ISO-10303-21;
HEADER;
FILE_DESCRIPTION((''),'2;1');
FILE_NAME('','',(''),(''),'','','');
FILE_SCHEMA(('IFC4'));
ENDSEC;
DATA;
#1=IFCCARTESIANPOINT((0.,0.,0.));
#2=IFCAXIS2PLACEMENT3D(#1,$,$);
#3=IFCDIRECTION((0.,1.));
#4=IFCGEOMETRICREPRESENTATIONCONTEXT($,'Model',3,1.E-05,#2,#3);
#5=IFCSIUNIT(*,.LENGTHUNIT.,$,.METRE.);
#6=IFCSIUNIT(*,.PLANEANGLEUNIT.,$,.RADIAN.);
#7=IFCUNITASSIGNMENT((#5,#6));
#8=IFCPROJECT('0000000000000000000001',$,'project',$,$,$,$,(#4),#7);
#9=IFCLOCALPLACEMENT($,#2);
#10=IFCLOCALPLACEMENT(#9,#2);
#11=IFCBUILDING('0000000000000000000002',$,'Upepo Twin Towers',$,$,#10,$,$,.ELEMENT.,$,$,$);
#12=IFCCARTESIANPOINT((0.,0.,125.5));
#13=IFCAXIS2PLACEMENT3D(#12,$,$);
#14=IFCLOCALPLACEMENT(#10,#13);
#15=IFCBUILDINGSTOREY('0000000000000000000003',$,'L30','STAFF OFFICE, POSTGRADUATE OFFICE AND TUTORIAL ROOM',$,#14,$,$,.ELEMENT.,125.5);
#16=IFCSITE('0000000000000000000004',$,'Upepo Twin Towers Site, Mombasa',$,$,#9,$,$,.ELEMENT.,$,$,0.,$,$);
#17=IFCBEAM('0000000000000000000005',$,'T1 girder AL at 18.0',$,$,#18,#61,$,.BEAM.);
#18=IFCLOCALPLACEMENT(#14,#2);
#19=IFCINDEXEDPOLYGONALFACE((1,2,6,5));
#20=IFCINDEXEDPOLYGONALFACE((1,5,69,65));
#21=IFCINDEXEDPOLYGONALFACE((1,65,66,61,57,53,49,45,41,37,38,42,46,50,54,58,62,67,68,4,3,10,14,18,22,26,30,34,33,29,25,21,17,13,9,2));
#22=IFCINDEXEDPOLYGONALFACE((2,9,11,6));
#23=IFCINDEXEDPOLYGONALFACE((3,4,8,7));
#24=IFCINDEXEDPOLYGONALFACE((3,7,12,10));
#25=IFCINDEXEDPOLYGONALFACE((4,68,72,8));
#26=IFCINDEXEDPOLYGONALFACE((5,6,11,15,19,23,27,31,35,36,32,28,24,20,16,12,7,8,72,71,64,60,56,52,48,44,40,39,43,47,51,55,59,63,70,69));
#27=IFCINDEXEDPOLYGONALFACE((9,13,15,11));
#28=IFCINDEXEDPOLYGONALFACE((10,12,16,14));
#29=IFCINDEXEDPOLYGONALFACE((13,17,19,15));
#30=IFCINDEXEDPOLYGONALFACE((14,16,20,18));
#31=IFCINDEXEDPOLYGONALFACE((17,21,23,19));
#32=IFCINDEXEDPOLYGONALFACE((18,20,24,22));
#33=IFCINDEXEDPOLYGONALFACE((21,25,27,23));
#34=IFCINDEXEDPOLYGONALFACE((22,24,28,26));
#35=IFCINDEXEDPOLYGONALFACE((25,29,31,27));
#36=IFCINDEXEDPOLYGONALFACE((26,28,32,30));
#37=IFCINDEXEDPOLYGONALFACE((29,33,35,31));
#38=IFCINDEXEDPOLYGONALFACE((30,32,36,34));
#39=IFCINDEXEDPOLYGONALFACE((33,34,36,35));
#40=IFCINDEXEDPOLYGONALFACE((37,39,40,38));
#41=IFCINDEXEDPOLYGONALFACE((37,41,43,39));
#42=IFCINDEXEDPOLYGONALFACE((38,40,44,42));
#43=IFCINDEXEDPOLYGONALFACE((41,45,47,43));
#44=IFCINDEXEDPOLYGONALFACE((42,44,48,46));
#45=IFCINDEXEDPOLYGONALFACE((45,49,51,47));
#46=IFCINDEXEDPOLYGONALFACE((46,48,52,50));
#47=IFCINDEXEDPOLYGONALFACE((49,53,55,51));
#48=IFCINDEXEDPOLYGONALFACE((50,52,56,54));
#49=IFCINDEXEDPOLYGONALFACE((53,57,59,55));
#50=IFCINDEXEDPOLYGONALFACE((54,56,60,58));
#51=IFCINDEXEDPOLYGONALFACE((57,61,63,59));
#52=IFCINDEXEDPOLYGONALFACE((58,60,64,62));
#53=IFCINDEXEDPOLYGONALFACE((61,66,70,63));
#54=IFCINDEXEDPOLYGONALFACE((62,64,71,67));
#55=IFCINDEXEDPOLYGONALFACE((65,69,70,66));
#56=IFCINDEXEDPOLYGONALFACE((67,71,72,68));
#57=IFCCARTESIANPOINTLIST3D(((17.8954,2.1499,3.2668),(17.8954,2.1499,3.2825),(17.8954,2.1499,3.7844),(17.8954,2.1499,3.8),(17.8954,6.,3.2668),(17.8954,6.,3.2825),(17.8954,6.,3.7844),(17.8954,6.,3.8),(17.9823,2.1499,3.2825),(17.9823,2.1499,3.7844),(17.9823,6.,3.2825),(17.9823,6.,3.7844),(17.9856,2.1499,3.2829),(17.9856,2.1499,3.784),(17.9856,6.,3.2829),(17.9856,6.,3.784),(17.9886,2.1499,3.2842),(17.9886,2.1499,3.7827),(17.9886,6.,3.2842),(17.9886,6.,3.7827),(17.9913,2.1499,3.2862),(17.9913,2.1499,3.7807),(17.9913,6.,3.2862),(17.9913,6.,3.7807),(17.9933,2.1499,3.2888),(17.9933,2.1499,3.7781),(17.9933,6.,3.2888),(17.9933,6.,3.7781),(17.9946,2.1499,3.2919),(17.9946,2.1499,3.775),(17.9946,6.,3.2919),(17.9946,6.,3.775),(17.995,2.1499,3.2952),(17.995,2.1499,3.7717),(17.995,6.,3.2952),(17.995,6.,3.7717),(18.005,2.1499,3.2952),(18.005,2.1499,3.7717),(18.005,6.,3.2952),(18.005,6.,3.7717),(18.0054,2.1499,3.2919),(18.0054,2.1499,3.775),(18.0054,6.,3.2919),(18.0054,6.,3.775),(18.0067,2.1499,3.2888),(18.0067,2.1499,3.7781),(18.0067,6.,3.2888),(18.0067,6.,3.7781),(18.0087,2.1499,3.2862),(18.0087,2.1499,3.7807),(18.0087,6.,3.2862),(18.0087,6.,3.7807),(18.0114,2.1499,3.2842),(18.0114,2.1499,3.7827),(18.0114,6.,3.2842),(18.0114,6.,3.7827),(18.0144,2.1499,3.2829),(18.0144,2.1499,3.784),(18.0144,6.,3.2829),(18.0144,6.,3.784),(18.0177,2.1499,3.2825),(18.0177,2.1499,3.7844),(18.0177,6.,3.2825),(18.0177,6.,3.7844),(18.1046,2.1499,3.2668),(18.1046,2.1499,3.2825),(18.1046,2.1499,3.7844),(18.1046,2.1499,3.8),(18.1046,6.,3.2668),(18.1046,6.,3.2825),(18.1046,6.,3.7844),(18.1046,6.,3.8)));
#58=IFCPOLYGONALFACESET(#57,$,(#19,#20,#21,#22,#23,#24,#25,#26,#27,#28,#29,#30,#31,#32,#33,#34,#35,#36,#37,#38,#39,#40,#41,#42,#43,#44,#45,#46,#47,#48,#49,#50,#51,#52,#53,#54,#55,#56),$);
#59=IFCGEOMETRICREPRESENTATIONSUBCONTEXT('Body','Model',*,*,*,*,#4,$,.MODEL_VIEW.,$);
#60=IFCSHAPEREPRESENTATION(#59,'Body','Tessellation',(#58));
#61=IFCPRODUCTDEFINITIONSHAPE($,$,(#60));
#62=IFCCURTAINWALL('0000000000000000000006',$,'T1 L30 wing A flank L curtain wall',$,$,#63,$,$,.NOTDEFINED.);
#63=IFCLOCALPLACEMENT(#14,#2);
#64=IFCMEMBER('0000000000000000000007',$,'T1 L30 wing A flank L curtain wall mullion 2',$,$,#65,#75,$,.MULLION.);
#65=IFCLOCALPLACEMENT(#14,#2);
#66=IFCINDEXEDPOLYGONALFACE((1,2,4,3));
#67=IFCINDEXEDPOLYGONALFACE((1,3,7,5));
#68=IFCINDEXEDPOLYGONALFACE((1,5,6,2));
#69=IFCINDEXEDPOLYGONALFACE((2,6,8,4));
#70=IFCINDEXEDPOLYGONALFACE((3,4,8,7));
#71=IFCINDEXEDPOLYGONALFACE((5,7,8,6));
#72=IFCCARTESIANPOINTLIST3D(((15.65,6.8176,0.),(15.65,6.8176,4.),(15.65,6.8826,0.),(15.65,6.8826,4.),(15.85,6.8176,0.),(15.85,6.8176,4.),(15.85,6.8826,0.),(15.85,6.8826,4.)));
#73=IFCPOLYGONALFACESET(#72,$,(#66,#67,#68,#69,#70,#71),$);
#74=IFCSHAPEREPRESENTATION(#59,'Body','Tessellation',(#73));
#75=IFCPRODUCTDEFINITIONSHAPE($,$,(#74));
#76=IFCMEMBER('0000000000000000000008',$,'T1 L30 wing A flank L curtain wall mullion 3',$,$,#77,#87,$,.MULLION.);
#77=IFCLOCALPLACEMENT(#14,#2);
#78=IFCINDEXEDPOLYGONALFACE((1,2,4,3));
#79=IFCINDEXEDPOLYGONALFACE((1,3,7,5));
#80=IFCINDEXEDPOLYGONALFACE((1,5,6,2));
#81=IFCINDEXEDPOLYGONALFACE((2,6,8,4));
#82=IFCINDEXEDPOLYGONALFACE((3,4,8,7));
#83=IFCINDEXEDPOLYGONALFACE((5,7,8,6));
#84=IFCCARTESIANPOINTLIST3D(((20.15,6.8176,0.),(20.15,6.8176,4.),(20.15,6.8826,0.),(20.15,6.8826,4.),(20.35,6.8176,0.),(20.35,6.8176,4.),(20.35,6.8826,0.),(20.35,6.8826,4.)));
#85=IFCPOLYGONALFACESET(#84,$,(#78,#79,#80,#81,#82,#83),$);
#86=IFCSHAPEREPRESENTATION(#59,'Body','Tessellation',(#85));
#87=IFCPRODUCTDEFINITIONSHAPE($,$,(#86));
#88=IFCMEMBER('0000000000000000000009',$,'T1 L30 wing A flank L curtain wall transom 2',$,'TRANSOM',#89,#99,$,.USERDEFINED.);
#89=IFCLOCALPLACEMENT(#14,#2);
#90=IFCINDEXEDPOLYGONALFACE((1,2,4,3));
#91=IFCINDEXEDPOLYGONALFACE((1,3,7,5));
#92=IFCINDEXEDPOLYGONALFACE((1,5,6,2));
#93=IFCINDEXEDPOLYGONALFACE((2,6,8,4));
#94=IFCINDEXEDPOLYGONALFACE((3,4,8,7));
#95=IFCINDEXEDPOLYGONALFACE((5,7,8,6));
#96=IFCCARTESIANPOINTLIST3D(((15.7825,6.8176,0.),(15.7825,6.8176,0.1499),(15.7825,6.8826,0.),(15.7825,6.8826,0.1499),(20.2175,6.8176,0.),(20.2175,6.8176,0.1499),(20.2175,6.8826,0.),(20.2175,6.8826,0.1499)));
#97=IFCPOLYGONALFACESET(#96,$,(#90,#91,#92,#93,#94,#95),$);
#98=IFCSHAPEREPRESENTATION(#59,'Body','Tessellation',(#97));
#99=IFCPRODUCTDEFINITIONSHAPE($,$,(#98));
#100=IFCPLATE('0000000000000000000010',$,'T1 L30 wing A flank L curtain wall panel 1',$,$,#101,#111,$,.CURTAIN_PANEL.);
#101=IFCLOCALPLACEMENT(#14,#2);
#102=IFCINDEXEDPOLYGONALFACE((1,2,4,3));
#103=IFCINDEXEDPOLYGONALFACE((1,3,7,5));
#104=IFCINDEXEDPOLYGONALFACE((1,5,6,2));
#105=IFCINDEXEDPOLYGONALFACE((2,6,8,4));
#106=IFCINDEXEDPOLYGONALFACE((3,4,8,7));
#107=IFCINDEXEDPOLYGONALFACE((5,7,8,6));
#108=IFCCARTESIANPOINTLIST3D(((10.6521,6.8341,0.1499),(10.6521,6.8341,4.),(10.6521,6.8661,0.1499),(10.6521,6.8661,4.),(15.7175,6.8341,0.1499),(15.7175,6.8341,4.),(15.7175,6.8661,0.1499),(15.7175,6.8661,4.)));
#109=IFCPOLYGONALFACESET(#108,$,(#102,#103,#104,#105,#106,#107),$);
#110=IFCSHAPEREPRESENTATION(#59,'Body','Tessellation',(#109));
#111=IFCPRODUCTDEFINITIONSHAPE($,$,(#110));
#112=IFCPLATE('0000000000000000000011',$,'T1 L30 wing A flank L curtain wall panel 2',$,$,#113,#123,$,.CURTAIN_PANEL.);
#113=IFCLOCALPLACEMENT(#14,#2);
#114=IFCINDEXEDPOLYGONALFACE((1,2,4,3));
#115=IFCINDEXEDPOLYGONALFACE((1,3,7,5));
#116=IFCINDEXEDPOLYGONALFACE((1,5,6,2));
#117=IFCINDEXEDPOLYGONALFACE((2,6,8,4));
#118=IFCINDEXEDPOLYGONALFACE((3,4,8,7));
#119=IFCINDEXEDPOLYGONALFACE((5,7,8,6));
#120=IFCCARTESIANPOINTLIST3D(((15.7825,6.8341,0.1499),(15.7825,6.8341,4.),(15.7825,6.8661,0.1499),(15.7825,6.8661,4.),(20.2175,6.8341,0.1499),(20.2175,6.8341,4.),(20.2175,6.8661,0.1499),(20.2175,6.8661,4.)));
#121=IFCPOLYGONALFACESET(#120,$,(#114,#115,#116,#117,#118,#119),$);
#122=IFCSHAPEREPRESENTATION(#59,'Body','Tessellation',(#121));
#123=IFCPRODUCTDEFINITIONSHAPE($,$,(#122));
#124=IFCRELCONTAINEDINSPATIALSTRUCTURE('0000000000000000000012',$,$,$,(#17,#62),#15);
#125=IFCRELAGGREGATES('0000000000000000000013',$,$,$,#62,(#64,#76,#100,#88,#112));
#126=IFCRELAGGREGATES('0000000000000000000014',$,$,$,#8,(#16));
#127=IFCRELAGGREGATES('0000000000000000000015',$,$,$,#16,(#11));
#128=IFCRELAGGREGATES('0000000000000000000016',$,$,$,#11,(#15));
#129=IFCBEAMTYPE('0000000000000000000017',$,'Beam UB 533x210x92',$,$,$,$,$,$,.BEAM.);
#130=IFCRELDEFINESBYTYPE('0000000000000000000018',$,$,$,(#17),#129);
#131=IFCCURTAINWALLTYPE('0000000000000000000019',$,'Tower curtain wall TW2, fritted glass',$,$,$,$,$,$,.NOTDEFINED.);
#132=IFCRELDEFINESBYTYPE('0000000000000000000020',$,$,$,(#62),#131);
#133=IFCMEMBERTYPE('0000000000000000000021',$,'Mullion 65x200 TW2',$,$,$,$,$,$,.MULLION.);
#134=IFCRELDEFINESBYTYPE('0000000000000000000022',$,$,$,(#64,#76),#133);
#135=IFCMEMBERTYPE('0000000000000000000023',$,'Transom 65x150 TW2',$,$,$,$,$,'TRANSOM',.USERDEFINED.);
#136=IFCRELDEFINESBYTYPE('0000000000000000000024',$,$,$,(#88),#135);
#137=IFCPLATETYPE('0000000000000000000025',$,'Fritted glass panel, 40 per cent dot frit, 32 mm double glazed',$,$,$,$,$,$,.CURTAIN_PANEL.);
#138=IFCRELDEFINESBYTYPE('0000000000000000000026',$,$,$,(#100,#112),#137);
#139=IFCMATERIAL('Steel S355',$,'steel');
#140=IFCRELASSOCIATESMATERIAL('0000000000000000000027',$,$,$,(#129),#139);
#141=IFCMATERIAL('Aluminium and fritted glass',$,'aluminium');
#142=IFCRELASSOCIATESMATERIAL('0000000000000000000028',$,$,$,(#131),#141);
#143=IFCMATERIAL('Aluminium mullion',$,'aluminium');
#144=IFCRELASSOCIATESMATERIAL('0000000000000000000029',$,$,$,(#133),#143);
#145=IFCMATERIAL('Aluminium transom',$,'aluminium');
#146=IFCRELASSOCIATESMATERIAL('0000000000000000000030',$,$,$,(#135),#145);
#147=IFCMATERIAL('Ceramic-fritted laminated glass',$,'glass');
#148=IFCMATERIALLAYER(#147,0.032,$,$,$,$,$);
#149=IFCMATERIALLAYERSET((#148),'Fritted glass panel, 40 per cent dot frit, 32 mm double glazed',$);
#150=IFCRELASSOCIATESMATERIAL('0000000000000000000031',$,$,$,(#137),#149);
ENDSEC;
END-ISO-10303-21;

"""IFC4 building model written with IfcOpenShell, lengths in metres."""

from ifc_helpers import new_model, si_unit, direction, frame, origin, origin_2d, place, context, subcontext, project, spatial, rectangle, i_section, extrude, material, layer, layer_set, material_profile, profile_set, type_object, element, aggregate, save


model = new_model("IFC4")

# Units and contexts
model_context = context("Model", 3, precision=1e-05, world=origin(), true_north=direction((0.0, 1.0)))
body_context = subcontext(model_context, "Body", "Model", "MODEL_VIEW")
ifc_project = project(units=[si_unit("LENGTHUNIT", "METRE"), si_unit("PLANEANGLEUNIT", "RADIAN")], contexts=[model_context])

# Site, building, storey
site_placement = place(None, origin())
site = spatial("IfcSite", under=ifc_project, at=site_placement, Name="Upepo Twin Towers Site, Mombasa", CompositionType="ELEMENT", RefElevation=0.0)
building_placement = place(site_placement, origin())
building = spatial("IfcBuilding", under=site, at=building_placement, Name="Upepo Twin Towers", CompositionType="ELEMENT")
storey_placement = place(building_placement, frame((0.0, 0.0, 125.5)))
storey = spatial("IfcBuildingStorey", under=building, at=storey_placement, Name="L30", Description="STAFF OFFICE, POSTGRADUATE OFFICE AND TUTORIAL ROOM", CompositionType="ELEMENT", Elevation=125.5)

# Beam
ifc_material_1 = material(Name="Steel S355", Category="steel")
ifc_material_profile_1 = material_profile(ifc_material_1, i_section(OverallWidth=0.2092, OverallDepth=0.5332, WebThickness=0.01, FlangeThickness=0.0156, FilletRadius=0.0127, at=origin_2d()), Name="UB 533x210x92")
ifc_profile_set_1 = profile_set([ifc_material_profile_1], Name="Steel S355")
beam_type_1 = type_object("IfcBeamType", Name="Beam UB 533x210x92", PredefinedType="BEAM", material=ifc_profile_set_1)
for number, where, z_axis, x_axis, name in (
    (1, (18.0, 6.0, 3.5334), (0.0, -1.0, 0.0), (1.0, 0.0, 0.0), "T1 girder AL at 18.0"),
):
    element("IfcBeam", number, at=place(storey_placement, frame(where, z_axis=z_axis, x_axis=x_axis)), inside=storey, type_object=beam_type_1, Name=name, PredefinedType="BEAM", context=body_context, shape_type="SweptSolid", body=[
        extrude(i_section(OverallWidth=0.2092, OverallDepth=0.5332, WebThickness=0.01, FlangeThickness=0.0156, FilletRadius=0.0127, at=origin_2d()), origin(), (0.0, 0.0, 1.0), 3.8501),
    ])

# Curtain wall, members, plates
ifc_material_2 = material(Name="Aluminium and fritted glass", Category="aluminium")
curtain_wall_type = type_object("IfcCurtainWallType", Name="Tower curtain wall TW2, fritted glass", PredefinedType="NOTDEFINED", material=ifc_material_2)
curtain_wall_placement = place(storey_placement, origin())
curtain_wall = element("IfcCurtainWall", 2, at=curtain_wall_placement, inside=storey, type_object=curtain_wall_type, Name="T1 L30 wing A flank L curtain wall", PredefinedType="NOTDEFINED")
ifc_material_3 = material(Name="Aluminium mullion", Category="aluminium")
ifc_material_profile_2 = material_profile(ifc_material_3, rectangle(XDim=0.0649, YDim=0.2, at=origin_2d()), Name="MULLION 65x200")
ifc_profile_set_2 = profile_set([ifc_material_profile_2], Name="Aluminium mullion")
member_type_1 = type_object("IfcMemberType", Name="Mullion 65x200 TW2", PredefinedType="MULLION", material=ifc_profile_set_2)
member_1_placement = place(storey_placement, frame((15.75, 6.8501, 0.0), z_axis=(0.0, 0.0, 1.0), x_axis=(0.0, 1.0, 0.0)))
member_1 = element("IfcMember", 3, at=member_1_placement, type_object=member_type_1, Name="T1 L30 wing A flank L curtain wall mullion 2", PredefinedType="MULLION", context=body_context, shape_type="SweptSolid", body=[
    extrude(rectangle(XDim=0.0649, YDim=0.2, at=origin_2d()), origin(), (0.0, 0.0, 1.0), 4.0),
])
member_2_placement = place(storey_placement, frame((20.25, 6.8501, 0.0), z_axis=(0.0, 0.0, 1.0), x_axis=(0.0, 1.0, 0.0)))
member_2 = element("IfcMember", 4, at=member_2_placement, type_object=member_type_1, Name="T1 L30 wing A flank L curtain wall mullion 3", PredefinedType="MULLION", context=body_context, shape_type="SweptSolid", body=[
    extrude(rectangle(XDim=0.0649, YDim=0.2, at=origin_2d()), origin(), (0.0, 0.0, 1.0), 4.0),
])
ifc_material_4 = material(Name="Aluminium transom", Category="aluminium")
ifc_material_profile_3 = material_profile(ifc_material_4, rectangle(XDim=0.0649, YDim=0.1499, at=origin_2d()), Name="TRANSOM 65x150")
ifc_profile_set_3 = profile_set([ifc_material_profile_3], Name="Aluminium transom")
member_type_2 = type_object("IfcMemberType", Name="Transom 65x150 TW2", ElementType="TRANSOM", PredefinedType="USERDEFINED", material=ifc_profile_set_3)
member_3_placement = place(storey_placement, frame((15.7825, 6.8501, 0.075), z_axis=(1.0, 0.0, 0.0), x_axis=(0.0, 1.0, 0.0)))
member_3 = element("IfcMember", 5, at=member_3_placement, type_object=member_type_2, Name="T1 L30 wing A flank L curtain wall transom 2", ObjectType="TRANSOM", PredefinedType="USERDEFINED", context=body_context, shape_type="SweptSolid", body=[
    extrude(rectangle(XDim=0.0649, YDim=0.1499, at=origin_2d()), origin(), (0.0, 0.0, 1.0), 4.4351),
])
ifc_material_5 = material(Name="Ceramic-fritted laminated glass", Category="glass")
ifc_layer_1 = layer(ifc_material_5, 0.032)
ifc_layer_set_1 = layer_set([ifc_layer_1], Name="Fritted glass panel, 40 per cent dot frit, 32 mm double glazed")
plate_type = type_object("IfcPlateType", Name="Fritted glass panel, 40 per cent dot frit, 32 mm double glazed", PredefinedType="CURTAIN_PANEL", material=ifc_layer_set_1)
plate_1_placement = place(storey_placement, frame((13.1848, 6.8501, 0.1499), z_axis=(0.0, 0.0, 1.0), x_axis=(1.0, 0.0, 0.0)))
plate_1 = element("IfcPlate", 6, at=plate_1_placement, type_object=plate_type, Name="T1 L30 wing A flank L curtain wall panel 1", PredefinedType="CURTAIN_PANEL", context=body_context, shape_type="SweptSolid", body=[
    extrude(rectangle(XDim=5.0654, YDim=0.032, at=origin_2d()), origin(), (0.0, 0.0, 1.0), 3.8501),
])
plate_2_placement = place(storey_placement, frame((18.0, 6.8501, 0.1499), z_axis=(0.0, 0.0, 1.0), x_axis=(1.0, 0.0, 0.0)))
plate_2 = element("IfcPlate", 7, at=plate_2_placement, type_object=plate_type, Name="T1 L30 wing A flank L curtain wall panel 2", PredefinedType="CURTAIN_PANEL", context=body_context, shape_type="SweptSolid", body=[
    extrude(rectangle(XDim=4.4351, YDim=0.032, at=origin_2d()), origin(), (0.0, 0.0, 1.0), 3.8501),
])
aggregate(curtain_wall, [member_1, member_2, plate_1, member_3, plate_2])

save(model, "model.ifc")
